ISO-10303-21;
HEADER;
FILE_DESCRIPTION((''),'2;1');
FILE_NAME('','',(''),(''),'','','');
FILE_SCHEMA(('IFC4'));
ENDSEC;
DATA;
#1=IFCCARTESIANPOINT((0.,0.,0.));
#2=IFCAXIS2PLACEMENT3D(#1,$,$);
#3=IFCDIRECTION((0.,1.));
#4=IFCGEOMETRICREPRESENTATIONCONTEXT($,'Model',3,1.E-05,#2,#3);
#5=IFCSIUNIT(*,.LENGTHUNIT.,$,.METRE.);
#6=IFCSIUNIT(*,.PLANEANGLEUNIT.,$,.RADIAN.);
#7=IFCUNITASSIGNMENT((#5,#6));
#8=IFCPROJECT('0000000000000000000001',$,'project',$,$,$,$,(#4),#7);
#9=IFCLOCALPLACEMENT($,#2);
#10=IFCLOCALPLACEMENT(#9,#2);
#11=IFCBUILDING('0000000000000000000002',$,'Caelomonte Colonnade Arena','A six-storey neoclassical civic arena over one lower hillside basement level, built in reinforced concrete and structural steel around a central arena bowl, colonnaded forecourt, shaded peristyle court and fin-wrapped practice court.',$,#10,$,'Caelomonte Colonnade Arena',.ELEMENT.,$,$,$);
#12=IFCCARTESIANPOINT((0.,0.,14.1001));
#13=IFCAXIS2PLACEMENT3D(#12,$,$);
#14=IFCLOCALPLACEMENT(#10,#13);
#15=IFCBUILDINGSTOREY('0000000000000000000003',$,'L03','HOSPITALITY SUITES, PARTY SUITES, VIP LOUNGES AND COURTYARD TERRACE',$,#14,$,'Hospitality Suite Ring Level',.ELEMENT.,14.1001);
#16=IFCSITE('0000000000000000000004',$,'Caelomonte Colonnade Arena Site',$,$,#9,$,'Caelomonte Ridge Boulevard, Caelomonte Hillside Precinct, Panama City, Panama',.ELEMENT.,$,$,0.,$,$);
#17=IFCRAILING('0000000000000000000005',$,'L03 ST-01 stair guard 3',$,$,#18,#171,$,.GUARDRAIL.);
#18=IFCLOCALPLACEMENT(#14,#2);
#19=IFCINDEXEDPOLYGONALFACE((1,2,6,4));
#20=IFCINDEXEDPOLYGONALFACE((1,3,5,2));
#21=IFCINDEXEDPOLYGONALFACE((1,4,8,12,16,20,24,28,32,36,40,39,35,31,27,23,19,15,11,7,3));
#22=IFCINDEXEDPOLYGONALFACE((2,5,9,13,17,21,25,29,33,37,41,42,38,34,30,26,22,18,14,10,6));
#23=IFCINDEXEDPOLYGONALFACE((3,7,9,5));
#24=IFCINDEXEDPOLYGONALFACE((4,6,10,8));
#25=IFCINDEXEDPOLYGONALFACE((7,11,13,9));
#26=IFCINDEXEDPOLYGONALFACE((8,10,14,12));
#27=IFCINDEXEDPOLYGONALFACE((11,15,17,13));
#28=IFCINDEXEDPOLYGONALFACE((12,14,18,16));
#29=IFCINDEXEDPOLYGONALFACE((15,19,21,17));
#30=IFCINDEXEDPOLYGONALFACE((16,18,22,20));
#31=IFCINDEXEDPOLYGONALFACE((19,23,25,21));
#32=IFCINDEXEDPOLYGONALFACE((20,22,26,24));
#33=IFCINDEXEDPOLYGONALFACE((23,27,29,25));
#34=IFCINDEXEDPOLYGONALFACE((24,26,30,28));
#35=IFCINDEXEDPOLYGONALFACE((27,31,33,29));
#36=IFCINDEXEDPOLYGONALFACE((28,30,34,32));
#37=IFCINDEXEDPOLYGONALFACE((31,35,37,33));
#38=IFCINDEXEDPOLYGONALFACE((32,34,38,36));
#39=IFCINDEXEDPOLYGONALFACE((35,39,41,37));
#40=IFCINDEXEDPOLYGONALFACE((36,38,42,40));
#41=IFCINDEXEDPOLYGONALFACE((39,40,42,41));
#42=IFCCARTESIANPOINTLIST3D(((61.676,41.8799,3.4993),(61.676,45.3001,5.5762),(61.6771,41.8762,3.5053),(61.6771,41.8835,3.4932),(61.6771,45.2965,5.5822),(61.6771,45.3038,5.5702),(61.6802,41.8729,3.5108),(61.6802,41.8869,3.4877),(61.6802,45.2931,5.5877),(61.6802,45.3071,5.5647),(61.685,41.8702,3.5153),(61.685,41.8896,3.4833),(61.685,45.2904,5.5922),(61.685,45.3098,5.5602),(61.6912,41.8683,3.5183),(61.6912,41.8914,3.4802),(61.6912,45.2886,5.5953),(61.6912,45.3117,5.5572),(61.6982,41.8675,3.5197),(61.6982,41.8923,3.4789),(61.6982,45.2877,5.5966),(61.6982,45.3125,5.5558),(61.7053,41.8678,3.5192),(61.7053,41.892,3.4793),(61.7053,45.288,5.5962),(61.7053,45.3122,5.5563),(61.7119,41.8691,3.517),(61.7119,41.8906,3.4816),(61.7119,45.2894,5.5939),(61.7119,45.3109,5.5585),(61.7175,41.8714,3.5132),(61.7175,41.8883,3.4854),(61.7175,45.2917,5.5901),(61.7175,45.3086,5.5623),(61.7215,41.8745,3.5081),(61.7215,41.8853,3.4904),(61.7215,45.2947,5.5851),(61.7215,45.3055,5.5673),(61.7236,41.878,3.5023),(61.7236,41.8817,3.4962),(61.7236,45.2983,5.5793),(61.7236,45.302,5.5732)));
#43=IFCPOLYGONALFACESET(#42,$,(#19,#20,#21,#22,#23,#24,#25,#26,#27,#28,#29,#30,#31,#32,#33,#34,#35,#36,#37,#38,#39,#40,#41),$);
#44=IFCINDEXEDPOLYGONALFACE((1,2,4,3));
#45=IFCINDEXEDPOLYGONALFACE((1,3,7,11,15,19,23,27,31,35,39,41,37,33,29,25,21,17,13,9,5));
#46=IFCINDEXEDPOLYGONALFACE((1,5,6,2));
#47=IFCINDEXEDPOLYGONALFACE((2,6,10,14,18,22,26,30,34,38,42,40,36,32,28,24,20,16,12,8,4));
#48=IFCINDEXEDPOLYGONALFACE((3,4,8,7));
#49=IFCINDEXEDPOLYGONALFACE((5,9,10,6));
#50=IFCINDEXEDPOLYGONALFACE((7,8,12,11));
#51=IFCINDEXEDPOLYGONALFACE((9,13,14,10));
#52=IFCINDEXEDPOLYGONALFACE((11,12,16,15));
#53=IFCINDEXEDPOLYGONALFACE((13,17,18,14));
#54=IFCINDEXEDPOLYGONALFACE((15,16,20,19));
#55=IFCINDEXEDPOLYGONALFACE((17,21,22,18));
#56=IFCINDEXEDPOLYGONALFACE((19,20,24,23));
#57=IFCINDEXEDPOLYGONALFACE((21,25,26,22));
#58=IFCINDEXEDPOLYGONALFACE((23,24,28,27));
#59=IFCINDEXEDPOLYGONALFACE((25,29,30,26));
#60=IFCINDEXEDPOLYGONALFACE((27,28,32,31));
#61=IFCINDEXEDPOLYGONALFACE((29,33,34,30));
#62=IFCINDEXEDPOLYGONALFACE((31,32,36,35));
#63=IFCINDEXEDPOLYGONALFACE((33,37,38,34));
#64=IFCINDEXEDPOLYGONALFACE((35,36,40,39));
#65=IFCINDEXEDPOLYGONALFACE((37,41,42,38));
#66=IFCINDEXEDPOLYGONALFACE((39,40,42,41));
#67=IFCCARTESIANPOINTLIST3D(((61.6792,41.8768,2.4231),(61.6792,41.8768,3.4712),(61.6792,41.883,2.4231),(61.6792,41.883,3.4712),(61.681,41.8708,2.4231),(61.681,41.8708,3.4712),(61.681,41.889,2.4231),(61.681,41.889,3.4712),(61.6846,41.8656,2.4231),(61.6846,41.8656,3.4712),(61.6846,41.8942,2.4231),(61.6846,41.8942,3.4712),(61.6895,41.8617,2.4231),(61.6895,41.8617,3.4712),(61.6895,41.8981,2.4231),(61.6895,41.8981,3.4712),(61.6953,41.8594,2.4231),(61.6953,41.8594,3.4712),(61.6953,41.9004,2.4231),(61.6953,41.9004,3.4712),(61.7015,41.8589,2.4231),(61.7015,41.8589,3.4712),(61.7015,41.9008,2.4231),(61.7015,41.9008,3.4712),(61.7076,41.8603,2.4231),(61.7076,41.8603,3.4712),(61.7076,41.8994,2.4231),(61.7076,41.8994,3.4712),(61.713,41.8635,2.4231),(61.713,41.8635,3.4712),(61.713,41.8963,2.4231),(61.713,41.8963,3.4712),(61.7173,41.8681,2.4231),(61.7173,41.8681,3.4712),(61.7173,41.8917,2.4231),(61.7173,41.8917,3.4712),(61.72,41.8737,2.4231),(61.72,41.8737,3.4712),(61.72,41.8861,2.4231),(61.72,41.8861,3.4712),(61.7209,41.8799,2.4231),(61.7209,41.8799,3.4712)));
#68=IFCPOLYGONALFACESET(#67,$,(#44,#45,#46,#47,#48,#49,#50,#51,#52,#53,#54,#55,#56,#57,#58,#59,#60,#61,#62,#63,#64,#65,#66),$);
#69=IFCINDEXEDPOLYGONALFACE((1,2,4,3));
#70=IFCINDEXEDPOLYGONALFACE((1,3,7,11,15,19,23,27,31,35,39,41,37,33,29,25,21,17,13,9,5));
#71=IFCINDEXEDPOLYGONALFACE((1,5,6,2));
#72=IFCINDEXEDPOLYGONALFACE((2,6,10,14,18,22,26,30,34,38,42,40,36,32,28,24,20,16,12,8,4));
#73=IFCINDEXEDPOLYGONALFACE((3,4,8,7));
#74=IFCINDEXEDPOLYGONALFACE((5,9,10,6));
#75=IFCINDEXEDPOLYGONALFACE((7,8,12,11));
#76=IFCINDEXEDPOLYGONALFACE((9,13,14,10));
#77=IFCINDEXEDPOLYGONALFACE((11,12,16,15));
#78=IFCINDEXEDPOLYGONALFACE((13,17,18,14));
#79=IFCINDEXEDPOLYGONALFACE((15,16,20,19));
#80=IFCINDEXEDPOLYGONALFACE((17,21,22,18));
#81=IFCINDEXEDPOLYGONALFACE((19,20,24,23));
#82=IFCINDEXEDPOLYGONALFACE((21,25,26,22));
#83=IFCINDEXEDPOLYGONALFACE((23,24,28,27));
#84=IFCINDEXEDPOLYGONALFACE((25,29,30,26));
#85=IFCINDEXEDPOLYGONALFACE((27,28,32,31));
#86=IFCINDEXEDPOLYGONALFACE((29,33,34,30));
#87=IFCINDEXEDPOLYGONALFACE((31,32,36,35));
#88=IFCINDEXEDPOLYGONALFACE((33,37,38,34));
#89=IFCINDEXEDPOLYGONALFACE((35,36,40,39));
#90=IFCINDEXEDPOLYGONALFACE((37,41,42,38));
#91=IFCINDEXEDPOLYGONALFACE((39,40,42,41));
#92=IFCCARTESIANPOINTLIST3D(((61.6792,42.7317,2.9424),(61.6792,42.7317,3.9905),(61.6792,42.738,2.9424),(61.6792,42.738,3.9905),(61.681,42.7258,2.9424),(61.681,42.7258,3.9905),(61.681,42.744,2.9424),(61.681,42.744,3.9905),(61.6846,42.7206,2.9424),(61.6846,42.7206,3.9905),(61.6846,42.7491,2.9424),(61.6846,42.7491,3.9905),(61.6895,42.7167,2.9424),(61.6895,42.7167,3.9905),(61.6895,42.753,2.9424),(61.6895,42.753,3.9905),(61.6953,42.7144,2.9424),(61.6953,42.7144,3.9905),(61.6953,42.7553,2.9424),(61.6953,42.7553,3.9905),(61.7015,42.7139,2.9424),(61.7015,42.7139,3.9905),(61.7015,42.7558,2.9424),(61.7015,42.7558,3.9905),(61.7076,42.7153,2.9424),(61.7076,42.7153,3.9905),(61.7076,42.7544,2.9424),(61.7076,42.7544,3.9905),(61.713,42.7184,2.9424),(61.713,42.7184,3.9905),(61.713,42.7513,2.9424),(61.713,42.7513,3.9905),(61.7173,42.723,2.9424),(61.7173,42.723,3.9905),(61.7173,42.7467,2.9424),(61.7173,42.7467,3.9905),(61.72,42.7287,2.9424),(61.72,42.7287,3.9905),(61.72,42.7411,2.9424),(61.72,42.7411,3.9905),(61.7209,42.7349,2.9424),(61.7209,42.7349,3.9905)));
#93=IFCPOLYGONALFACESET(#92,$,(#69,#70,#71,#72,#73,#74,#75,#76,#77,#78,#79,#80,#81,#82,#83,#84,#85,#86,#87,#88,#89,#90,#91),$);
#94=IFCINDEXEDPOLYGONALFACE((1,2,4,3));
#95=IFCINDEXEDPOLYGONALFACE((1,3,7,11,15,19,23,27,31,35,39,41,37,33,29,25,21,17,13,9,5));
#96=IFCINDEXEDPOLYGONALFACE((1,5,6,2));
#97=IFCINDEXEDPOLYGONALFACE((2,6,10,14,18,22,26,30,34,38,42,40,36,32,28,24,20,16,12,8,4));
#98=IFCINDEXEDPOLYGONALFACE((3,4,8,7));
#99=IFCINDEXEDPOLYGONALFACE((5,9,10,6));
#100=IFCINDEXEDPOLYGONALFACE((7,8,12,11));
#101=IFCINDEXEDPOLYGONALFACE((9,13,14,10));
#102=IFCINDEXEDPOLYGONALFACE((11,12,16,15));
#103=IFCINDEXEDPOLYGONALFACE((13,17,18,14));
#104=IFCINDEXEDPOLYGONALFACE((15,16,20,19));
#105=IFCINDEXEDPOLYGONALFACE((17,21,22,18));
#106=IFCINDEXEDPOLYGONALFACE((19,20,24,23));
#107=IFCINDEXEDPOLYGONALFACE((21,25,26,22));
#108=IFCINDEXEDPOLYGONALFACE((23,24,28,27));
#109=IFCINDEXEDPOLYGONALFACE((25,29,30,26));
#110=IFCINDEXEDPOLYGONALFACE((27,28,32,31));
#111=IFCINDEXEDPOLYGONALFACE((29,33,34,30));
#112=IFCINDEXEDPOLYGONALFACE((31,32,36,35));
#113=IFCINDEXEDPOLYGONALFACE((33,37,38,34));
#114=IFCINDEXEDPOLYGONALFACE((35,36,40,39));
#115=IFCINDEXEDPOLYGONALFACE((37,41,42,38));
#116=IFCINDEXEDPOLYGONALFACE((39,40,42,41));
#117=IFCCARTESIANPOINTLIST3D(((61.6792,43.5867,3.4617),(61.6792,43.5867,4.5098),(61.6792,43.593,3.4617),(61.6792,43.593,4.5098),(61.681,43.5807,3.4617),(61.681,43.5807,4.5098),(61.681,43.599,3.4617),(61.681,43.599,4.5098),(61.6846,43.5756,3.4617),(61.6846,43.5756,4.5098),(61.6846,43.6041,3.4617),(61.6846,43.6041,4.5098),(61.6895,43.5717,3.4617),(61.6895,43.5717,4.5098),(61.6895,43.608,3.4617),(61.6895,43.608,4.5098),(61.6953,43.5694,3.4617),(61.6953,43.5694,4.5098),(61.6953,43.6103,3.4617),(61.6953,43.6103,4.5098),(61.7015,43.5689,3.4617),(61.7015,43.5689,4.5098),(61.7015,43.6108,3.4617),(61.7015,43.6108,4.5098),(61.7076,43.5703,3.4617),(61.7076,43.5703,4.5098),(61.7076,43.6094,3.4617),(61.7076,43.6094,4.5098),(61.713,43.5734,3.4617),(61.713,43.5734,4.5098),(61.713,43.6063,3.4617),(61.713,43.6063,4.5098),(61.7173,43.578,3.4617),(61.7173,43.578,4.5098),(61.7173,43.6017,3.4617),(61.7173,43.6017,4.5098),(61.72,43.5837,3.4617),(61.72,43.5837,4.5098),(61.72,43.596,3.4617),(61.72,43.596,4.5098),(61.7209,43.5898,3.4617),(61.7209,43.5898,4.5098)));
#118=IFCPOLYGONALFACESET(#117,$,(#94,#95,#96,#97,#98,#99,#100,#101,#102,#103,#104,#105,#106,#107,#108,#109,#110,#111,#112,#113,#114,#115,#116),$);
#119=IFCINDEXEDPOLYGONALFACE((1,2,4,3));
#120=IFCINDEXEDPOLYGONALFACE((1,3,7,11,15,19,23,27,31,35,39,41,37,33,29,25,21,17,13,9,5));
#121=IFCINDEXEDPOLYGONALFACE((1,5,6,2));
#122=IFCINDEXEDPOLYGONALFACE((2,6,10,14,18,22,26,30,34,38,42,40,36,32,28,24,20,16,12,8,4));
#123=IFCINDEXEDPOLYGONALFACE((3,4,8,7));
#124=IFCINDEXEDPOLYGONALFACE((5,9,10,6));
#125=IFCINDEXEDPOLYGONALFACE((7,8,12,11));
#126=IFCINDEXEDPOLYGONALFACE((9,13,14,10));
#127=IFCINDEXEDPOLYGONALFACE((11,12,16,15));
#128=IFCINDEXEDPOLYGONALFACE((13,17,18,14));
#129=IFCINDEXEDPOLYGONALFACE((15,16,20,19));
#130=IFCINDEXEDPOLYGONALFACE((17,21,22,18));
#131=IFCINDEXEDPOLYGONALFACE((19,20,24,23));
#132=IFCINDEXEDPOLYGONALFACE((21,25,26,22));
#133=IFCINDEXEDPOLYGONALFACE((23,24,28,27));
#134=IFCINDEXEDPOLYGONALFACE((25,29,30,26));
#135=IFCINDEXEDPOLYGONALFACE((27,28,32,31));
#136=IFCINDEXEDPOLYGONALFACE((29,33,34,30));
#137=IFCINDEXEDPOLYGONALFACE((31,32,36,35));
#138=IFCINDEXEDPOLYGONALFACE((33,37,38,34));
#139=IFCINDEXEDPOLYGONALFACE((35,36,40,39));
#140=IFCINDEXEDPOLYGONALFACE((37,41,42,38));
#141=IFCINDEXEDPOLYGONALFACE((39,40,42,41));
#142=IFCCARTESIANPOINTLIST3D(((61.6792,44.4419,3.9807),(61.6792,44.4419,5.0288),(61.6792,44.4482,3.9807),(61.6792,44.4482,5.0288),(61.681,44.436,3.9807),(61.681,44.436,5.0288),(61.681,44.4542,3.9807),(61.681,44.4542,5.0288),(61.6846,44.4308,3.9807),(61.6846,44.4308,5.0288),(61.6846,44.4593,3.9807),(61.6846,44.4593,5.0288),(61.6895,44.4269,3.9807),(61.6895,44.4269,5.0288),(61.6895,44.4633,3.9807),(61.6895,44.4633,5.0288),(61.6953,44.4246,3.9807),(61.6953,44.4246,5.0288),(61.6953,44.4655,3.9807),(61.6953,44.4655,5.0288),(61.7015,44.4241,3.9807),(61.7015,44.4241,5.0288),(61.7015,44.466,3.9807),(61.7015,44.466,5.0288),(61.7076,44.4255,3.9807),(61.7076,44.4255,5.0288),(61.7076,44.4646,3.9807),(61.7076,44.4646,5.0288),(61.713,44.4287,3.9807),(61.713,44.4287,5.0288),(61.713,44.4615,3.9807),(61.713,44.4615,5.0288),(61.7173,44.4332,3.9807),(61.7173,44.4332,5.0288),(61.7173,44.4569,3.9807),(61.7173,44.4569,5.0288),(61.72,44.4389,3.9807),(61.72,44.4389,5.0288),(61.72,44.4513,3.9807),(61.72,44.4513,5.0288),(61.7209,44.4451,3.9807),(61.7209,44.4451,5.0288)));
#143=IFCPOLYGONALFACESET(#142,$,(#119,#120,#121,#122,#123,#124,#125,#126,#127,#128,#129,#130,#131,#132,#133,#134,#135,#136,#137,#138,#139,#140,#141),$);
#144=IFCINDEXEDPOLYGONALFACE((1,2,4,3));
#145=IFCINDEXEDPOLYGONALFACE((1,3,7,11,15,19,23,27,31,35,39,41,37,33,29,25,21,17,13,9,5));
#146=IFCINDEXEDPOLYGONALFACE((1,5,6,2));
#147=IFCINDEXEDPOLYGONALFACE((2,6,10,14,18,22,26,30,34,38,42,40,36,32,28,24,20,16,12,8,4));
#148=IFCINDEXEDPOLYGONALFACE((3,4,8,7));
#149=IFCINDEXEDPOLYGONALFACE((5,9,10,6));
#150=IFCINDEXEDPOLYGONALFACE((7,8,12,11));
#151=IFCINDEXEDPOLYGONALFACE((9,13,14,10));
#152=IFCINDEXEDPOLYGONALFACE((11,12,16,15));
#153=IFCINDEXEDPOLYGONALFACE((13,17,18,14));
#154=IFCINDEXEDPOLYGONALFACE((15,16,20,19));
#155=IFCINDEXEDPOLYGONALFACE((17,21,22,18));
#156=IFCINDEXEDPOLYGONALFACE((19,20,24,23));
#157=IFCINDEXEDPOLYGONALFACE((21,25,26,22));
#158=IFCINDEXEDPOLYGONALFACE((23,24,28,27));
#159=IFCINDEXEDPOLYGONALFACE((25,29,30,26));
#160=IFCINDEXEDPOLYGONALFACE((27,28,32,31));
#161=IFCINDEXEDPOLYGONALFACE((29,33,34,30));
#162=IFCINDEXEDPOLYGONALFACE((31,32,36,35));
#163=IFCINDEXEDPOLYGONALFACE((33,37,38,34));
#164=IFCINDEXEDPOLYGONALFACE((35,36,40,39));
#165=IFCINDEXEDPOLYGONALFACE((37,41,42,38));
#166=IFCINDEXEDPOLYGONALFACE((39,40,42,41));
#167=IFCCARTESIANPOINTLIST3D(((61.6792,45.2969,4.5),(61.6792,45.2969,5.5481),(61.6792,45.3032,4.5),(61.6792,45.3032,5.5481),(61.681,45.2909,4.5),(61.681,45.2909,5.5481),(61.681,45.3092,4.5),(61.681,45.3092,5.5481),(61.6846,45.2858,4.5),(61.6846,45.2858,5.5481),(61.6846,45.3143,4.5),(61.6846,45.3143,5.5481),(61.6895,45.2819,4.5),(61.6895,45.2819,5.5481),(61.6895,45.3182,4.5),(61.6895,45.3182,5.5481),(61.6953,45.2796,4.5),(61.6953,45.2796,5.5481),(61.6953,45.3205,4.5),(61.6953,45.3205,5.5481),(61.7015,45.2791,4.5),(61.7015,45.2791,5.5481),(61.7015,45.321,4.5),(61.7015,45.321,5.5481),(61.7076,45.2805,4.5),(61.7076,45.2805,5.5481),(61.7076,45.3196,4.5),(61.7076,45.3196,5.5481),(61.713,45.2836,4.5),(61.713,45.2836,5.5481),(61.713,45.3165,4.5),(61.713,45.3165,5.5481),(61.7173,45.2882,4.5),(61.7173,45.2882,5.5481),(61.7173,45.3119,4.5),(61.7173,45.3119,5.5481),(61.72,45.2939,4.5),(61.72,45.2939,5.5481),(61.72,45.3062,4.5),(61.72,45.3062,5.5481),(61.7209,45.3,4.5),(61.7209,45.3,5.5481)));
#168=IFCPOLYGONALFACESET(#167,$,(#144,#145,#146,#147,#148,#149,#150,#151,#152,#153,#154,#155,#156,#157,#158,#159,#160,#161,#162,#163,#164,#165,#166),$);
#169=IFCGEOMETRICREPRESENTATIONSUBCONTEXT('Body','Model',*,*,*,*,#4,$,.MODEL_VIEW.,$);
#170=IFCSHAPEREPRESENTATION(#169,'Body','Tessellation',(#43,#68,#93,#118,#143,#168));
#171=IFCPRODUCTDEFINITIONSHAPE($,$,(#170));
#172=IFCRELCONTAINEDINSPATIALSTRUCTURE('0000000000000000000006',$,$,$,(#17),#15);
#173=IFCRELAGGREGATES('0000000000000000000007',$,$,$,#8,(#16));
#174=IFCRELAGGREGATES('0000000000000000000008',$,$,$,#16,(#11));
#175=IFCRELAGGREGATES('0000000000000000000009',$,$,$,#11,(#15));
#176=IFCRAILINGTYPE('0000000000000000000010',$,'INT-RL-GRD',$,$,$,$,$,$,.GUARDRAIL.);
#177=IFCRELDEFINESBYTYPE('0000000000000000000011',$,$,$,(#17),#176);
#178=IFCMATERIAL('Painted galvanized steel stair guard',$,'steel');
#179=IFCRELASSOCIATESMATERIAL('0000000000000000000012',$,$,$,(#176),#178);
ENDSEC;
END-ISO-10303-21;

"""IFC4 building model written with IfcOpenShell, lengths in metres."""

from ifc_helpers import new_model, si_unit, direction, frame, origin, origin_2d, place, context, subcontext, project, spatial, circle, extrude, material, type_object, element, save


model = new_model("IFC4")

# Units and contexts
model_context = context("Model", 3, precision=1e-05, world=origin(), true_north=direction((0.0, 1.0)))
body_context = subcontext(model_context, "Body", "Model", "MODEL_VIEW")
ifc_project = project(units=[si_unit("LENGTHUNIT", "METRE"), si_unit("PLANEANGLEUNIT", "RADIAN")], contexts=[model_context])

# Site, building, storey
site_placement = place(None, origin())
site = spatial("IfcSite", under=ifc_project, at=site_placement, Name="Caelomonte Colonnade Arena Site", LongName="Caelomonte Ridge Boulevard, Caelomonte Hillside Precinct, Panama City, Panama", CompositionType="ELEMENT", RefElevation=0.0)
building_placement = place(site_placement, origin())
building = spatial("IfcBuilding", under=site, at=building_placement, Name="Caelomonte Colonnade Arena", Description="A six-storey neoclassical civic arena over one lower hillside basement level, built in reinforced concrete and structural steel around a central arena bowl, colonnaded forecourt, shaded peristyle court and fin-wrapped practice court.", LongName="Caelomonte Colonnade Arena", CompositionType="ELEMENT")
storey_placement = place(building_placement, frame((0.0, 0.0, 14.1001)))
storey = spatial("IfcBuildingStorey", under=building, at=storey_placement, Name="L03", Description="HOSPITALITY SUITES, PARTY SUITES, VIP LOUNGES AND COURTYARD TERRACE", LongName="Hospitality Suite Ring Level", CompositionType="ELEMENT", Elevation=14.1001)

# Railing
ifc_material_1 = material(Name="Painted galvanized steel stair guard", Category="steel")
railing_type_1 = type_object("IfcRailingType", Name="INT-RL-GRD", PredefinedType="GUARDRAIL", material=ifc_material_1)
railing_1_placement = place(storey_placement, frame((61.7, 41.8799, 2.4231)))
element("IfcRailing", 1, at=railing_1_placement, inside=storey, type_object=railing_type_1, Name="L03 ST-01 stair guard 3", PredefinedType="GUARDRAIL", context=body_context, shape_type="SweptSolid", body=[
    extrude(circle(Radius=0.0239, at=origin_2d()), frame((0.0, 0.0, 1.0762), z_axis=(0.0, 0.854746, 0.519047), x_axis=(-1.0, 0.0, 0.0)), (0.0, 0.0, 1.0), 4.0015),
    extrude(circle(Radius=0.021, at=origin_2d()), origin(), (0.0, 0.0, 1.0), 1.0481),
    extrude(circle(Radius=0.021, at=origin_2d()), frame((0.0, 0.855, 0.5193)), (0.0, 0.0, 1.0), 1.0481),
    extrude(circle(Radius=0.021, at=origin_2d()), frame((0.0, 1.71, 1.0386)), (0.0, 0.0, 1.0), 1.0481),
    extrude(circle(Radius=0.021, at=origin_2d()), frame((0.0, 2.5652, 1.5576)), (0.0, 0.0, 1.0), 1.0481),
    extrude(circle(Radius=0.021, at=origin_2d()), frame((0.0, 3.4202, 2.0769)), (0.0, 0.0, 1.0), 1.0481),
])

save(model, "model.ifc")
